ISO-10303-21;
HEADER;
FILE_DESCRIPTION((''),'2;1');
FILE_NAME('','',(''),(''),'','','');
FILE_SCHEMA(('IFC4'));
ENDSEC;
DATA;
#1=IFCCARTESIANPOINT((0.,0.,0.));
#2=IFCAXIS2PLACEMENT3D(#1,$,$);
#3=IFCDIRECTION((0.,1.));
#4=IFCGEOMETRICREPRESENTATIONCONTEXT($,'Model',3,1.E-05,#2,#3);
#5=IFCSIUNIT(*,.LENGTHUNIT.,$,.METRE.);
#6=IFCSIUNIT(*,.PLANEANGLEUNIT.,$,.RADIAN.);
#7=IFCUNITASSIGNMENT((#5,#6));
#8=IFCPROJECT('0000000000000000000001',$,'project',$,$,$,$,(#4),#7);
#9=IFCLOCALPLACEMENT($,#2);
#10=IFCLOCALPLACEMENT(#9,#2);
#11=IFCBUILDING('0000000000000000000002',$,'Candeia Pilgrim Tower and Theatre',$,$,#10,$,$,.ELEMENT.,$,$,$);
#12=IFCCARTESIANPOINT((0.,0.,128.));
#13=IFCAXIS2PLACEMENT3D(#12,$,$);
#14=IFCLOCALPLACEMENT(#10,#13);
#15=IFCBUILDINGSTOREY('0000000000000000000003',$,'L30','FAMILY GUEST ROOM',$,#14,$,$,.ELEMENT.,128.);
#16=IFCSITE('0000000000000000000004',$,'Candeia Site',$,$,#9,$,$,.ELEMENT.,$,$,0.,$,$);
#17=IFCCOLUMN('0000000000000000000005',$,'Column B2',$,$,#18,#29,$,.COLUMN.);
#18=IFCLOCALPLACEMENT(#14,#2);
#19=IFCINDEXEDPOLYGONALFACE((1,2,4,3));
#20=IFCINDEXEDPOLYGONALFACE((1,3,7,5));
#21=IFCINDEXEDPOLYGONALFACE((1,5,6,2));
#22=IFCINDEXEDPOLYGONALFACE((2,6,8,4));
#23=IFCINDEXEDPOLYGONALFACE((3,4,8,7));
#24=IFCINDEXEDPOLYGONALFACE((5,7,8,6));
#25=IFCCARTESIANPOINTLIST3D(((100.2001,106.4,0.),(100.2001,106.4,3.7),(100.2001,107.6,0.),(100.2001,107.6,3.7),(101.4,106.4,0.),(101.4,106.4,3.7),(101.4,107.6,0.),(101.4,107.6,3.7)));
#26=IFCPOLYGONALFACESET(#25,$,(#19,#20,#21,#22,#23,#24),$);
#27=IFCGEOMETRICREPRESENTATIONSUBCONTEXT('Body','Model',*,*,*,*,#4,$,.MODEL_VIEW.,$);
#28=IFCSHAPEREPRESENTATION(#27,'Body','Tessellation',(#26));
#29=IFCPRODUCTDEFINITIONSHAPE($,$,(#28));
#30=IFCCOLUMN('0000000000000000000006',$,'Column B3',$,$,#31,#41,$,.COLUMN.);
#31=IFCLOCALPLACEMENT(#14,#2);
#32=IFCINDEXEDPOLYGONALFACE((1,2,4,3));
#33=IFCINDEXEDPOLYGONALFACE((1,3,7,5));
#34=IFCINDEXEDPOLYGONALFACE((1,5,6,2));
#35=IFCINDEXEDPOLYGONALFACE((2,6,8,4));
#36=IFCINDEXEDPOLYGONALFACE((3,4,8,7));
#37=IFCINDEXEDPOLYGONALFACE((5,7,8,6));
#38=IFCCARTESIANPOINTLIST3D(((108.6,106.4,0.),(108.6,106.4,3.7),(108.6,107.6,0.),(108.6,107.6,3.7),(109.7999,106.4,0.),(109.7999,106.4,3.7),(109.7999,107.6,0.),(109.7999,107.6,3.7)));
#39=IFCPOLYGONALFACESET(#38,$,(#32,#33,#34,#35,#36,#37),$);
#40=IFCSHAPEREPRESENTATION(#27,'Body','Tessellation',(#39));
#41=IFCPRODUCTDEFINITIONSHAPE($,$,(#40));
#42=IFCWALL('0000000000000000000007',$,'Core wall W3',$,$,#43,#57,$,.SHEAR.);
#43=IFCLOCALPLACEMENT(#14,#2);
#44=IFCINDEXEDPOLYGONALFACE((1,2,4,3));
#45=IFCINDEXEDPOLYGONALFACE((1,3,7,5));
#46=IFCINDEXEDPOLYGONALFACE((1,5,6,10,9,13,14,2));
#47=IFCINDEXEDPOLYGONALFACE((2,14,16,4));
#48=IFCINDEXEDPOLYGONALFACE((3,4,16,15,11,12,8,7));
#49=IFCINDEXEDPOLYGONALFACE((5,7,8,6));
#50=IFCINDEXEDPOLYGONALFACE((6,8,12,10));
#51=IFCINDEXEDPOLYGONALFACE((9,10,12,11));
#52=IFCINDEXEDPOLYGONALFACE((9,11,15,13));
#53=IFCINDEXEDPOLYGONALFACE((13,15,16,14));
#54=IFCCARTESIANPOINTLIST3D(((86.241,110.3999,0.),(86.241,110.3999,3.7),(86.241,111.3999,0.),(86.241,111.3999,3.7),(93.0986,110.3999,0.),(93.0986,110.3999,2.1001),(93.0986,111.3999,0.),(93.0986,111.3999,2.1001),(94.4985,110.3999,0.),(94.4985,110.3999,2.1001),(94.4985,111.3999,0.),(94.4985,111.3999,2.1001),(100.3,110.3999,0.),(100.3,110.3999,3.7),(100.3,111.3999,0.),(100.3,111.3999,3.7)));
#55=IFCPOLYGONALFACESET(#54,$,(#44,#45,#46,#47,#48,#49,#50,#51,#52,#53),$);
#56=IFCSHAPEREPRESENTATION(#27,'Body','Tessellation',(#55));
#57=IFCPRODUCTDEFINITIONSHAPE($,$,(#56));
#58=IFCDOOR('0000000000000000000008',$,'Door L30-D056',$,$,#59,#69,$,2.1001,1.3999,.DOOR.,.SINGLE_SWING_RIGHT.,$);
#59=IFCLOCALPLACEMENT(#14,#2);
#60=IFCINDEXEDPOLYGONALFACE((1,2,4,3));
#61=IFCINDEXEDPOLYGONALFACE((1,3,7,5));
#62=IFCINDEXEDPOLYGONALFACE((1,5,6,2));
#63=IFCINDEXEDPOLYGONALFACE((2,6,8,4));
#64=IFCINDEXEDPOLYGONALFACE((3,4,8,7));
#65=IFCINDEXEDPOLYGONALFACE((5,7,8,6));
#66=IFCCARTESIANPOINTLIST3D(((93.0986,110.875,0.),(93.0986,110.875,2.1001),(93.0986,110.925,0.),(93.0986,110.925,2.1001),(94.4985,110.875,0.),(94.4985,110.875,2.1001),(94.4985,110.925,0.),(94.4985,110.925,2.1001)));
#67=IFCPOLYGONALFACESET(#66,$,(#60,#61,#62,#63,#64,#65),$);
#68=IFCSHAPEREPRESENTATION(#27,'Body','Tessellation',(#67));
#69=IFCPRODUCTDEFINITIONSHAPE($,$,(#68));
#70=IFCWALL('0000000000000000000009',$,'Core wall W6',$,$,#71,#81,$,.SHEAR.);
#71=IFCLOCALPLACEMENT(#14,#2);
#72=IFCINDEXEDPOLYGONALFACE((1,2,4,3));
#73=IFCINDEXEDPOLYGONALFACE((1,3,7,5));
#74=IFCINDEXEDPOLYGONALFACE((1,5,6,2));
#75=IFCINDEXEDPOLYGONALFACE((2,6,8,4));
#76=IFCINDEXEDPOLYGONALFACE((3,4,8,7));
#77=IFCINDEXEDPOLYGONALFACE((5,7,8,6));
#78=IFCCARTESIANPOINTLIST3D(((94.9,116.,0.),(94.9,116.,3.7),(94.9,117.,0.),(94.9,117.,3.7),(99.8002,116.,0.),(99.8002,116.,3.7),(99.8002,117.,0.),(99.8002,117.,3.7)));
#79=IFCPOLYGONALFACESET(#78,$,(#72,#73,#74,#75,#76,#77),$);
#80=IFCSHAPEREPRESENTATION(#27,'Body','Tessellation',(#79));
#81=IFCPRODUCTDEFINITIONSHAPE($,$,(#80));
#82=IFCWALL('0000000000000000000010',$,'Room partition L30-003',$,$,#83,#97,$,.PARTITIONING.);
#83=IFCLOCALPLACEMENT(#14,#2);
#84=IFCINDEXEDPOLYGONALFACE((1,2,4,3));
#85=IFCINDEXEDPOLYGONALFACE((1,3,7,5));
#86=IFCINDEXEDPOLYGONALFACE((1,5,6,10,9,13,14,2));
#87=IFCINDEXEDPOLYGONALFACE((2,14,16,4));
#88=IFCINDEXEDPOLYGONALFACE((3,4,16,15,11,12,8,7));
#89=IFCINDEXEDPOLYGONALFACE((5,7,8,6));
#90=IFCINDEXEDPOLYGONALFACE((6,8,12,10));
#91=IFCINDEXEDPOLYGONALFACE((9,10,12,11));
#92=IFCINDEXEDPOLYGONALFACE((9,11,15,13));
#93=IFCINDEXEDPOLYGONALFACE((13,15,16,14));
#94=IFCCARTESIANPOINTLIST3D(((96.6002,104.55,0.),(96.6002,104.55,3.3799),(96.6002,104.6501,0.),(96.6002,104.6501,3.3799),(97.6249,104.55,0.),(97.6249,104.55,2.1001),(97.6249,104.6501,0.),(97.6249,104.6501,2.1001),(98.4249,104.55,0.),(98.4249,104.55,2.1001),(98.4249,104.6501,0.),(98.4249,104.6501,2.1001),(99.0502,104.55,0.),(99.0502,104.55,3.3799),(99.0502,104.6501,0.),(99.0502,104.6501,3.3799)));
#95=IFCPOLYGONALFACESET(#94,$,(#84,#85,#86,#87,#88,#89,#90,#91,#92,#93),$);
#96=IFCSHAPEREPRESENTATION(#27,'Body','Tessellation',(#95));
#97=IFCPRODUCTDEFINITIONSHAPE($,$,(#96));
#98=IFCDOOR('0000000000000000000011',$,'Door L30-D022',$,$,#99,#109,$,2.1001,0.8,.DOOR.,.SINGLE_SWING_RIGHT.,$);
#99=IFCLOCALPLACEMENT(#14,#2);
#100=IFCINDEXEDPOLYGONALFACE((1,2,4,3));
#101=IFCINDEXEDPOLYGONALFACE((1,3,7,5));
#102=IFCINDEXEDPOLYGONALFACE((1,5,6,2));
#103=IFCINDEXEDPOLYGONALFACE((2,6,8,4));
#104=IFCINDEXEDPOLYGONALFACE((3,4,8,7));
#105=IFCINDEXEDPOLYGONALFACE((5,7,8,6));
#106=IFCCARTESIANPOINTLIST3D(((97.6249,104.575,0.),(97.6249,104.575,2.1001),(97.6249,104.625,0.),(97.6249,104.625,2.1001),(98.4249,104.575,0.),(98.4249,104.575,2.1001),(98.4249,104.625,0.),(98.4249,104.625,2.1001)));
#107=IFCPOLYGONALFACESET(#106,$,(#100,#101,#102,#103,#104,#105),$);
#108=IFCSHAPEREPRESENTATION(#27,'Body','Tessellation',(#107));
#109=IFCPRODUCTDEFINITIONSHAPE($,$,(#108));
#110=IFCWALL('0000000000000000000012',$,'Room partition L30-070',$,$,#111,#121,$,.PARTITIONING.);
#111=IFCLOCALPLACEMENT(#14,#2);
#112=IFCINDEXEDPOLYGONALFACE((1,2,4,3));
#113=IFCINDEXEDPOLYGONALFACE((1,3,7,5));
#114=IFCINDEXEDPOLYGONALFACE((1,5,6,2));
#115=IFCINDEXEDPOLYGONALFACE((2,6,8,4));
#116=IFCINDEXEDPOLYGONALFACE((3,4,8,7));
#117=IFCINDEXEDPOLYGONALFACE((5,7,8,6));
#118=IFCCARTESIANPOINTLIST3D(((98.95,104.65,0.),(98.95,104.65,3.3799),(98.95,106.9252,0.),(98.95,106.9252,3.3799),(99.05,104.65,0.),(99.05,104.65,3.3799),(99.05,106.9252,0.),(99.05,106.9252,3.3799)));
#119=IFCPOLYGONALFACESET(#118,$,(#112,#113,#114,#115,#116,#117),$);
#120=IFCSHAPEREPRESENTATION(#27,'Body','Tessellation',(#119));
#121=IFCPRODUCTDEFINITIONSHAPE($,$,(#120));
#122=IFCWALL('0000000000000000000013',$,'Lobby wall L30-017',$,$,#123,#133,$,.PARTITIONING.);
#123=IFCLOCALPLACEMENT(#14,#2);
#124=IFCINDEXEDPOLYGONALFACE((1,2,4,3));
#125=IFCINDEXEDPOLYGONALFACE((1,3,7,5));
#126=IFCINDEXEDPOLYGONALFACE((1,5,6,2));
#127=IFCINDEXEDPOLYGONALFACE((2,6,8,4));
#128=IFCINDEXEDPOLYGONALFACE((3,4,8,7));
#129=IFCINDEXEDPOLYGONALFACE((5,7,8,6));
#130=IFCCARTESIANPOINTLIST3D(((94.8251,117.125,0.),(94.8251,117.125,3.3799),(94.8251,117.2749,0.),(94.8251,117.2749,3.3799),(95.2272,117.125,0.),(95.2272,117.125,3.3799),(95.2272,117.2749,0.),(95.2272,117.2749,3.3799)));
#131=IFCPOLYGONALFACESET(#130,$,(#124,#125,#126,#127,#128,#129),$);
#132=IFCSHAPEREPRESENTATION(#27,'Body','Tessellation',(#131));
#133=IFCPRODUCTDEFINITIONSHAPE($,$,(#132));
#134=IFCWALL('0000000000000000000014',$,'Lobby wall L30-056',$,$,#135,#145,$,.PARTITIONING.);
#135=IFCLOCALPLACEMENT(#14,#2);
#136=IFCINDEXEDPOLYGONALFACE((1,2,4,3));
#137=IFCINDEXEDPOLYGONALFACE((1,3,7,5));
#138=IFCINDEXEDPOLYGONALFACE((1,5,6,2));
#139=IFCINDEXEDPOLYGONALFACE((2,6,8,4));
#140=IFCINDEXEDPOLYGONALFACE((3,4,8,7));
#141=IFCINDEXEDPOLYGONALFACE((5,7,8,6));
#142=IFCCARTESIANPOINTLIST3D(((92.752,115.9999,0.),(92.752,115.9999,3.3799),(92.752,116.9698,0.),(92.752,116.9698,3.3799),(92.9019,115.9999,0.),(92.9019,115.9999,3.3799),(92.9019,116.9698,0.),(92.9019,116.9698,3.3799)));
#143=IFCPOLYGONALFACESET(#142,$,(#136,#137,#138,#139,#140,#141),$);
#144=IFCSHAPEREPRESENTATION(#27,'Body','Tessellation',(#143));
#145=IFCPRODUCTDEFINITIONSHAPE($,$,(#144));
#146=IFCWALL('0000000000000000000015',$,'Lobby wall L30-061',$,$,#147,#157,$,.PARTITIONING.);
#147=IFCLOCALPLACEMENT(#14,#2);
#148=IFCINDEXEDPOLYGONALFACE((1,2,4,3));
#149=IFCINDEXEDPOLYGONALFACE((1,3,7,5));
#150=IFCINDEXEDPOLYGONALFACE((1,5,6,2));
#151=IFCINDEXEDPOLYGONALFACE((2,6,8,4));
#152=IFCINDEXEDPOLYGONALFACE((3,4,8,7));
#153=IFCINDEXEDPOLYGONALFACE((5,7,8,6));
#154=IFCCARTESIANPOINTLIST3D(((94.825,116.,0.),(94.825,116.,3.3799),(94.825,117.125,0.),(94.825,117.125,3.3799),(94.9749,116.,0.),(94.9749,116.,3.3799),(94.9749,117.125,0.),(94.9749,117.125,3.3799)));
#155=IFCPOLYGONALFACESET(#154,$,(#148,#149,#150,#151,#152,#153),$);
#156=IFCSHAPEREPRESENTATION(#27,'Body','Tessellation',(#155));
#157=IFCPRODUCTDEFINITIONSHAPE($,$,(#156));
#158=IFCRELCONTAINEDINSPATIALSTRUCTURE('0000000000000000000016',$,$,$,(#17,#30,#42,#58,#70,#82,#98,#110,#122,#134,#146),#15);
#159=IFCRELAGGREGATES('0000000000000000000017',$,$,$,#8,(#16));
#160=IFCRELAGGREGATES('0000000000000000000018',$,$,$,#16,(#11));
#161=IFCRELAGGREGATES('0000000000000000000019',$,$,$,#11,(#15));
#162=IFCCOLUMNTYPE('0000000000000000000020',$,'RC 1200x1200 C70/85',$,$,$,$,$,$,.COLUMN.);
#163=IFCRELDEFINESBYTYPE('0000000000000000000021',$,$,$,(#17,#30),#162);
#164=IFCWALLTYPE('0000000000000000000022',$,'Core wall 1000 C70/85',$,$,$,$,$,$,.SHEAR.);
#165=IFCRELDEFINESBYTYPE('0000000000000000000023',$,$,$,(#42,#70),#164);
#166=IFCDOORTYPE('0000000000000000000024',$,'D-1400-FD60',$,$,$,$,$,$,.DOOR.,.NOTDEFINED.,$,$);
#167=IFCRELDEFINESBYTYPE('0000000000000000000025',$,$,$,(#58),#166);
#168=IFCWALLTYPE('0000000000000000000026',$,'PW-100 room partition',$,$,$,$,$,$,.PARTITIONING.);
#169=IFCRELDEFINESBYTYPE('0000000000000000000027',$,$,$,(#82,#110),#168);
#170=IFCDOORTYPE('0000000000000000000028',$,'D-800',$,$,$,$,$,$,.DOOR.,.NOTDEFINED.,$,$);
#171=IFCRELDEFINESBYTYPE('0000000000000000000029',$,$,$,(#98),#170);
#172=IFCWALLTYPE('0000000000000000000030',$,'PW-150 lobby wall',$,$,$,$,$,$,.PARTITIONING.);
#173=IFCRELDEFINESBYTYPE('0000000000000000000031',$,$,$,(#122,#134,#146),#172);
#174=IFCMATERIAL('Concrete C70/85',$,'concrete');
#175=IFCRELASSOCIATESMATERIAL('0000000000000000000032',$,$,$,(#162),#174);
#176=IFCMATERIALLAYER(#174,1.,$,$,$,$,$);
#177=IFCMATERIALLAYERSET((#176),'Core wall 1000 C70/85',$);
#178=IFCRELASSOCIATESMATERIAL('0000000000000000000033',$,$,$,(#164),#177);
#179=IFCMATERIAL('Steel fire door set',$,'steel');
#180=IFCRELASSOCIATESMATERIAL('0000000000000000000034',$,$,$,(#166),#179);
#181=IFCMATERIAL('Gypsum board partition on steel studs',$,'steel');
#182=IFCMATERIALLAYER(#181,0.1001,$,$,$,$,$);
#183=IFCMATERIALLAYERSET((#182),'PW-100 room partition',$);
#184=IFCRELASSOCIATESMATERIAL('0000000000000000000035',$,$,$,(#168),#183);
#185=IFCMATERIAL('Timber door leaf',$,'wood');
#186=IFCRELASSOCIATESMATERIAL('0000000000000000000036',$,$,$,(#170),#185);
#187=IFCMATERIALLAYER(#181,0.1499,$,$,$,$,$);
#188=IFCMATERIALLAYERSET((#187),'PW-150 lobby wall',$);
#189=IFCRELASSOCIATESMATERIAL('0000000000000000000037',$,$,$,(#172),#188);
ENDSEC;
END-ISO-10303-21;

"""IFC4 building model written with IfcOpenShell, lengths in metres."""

from ifc_helpers import new_model, si_unit, direction, frame, frame_2d, origin, origin_2d, place, context, subcontext, project, spatial, rectangle, extrude, material, layer, layer_set, material_profile, profile_set, type_object, element, fill, save


model = new_model("IFC4")

# Units and contexts
model_context = context("Model", 3, precision=1e-05, world=origin(), true_north=direction((0.0, 1.0)))
body_context = subcontext(model_context, "Body", "Model", "MODEL_VIEW")
ifc_project = project(units=[si_unit("LENGTHUNIT", "METRE"), si_unit("PLANEANGLEUNIT", "RADIAN")], contexts=[model_context])

# Site, building, storey
site_placement = place(None, origin())
site = spatial("IfcSite", under=ifc_project, at=site_placement, Name="Candeia Site", CompositionType="ELEMENT", RefElevation=0.0)
building_placement = place(site_placement, origin())
building = spatial("IfcBuilding", under=site, at=building_placement, Name="Candeia Pilgrim Tower and Theatre", CompositionType="ELEMENT")
storey_placement = place(building_placement, frame((0.0, 0.0, 128.0)))
storey = spatial("IfcBuildingStorey", under=building, at=storey_placement, Name="L30", Description="FAMILY GUEST ROOM", CompositionType="ELEMENT", Elevation=128.0)

# Columns
ifc_material_1 = material(Name="Concrete C70/85", Category="concrete")
ifc_material_profile = material_profile(ifc_material_1, rectangle(XDim=1.2, YDim=1.2, at=origin_2d()))
ifc_profile_set = profile_set([ifc_material_profile], Name="Concrete C70/85")
column_type = type_object("IfcColumnType", Name="RC 1200x1200 C70/85", PredefinedType="COLUMN", material=ifc_profile_set)
for number, where, z_axis, x_axis, name in (
    (1, (100.8, 107.0, 0.0), (0.0, 0.0, 1.0), (1.0, 0.0, 0.0), "Column B2"),
    (2, (109.2, 107.0, 0.0), (0.0, 0.0, 1.0), (1.0, 0.0, 0.0), "Column B3"),
):
    element("IfcColumn", number, at=place(storey_placement, frame(where, z_axis=z_axis, x_axis=x_axis)), inside=storey, type_object=column_type, Name=name, PredefinedType="COLUMN", context=body_context, shape_type="SweptSolid", body=[
        extrude(rectangle(XDim=1.2, YDim=1.2, at=origin_2d()), origin(), (0.0, 0.0, 1.0), 3.7),
    ])

# Wall, opening, door
ifc_layer_1 = layer(ifc_material_1, 1.0)
ifc_layer_set_1 = layer_set([ifc_layer_1], Name="Core wall 1000 C70/85")
wall_type_1 = type_object("IfcWallType", Name="Core wall 1000 C70/85", PredefinedType="SHEAR", material=ifc_layer_set_1)
wall_1_placement = place(storey_placement, frame((100.3, 110.8999, 0.0), z_axis=(0.0, 0.0, 1.0), x_axis=(-1.0, 0.0, 0.0)))
wall_1 = element("IfcWall", 3, at=wall_1_placement, inside=storey, type_object=wall_type_1, Name="Core wall W3", PredefinedType="SHEAR", context=body_context, shape_type="SweptSolid", body=[
    extrude(rectangle(XDim=14.0591, YDim=1.0, at=frame_2d((7.0295, 0.0))), origin(), (0.0, 0.0, 1.0), 3.7),
])
opening_1_placement = place(wall_1_placement, frame((5.8015, 0.0, 0.0)))
opening_1 = element("IfcOpeningElement", 4, at=opening_1_placement, cuts=wall_1, PredefinedType="OPENING", context=body_context, shape_type="SweptSolid", body=[
    extrude(rectangle(XDim=1.3999, YDim=2.1001, at=frame_2d((0.7, 1.05))), frame((0.0, 0.51, 0.0), z_axis=(0.0, -1.0, 0.0), x_axis=(1.0, 0.0, 0.0)), (0.0, 0.0, 1.0), 1.02),
])
ifc_material_2 = material(Name="Steel fire door set", Category="steel")
door_type_1 = type_object("IfcDoorType", Name="D-1400-FD60", OperationType="NOTDEFINED", PredefinedType="DOOR", material=ifc_material_2)
door_1_placement = place(opening_1_placement, origin())
door_1 = element("IfcDoor", 5, at=door_1_placement, inside=storey, type_object=door_type_1, Name="Door L30-D056", OperationType="SINGLE_SWING_RIGHT", OverallHeight=2.1001, OverallWidth=1.3999, PredefinedType="DOOR", context=body_context, shape_type="SweptSolid", body=[
    extrude(rectangle(XDim=1.3999, YDim=2.1001, at=frame_2d((0.7, 1.05))), frame((0.0, 0.0249, 0.0), z_axis=(0.0, -1.0, 0.0), x_axis=(1.0, 0.0, 0.0)), (0.0, 0.0, 1.0), 0.05),
])
fill(opening_1, door_1)

# Wall
wall_2_placement = place(storey_placement, frame((94.8999, 116.5, 0.0), z_axis=(0.0, 0.0, 1.0), x_axis=(1.0, 0.0, 0.0)))
element("IfcWall", 6, at=wall_2_placement, inside=storey, type_object=wall_type_1, Name="Core wall W6", PredefinedType="SHEAR", context=body_context, shape_type="SweptSolid", body=[
    extrude(rectangle(XDim=4.9001, YDim=1.0, at=frame_2d((2.4502, 0.0))), origin(), (0.0, 0.0, 1.0), 3.7),
])

# Wall, opening, door
ifc_material_3 = material(Name="Gypsum board partition on steel studs", Category="steel")
ifc_layer_2 = layer(ifc_material_3, 0.1001)
ifc_layer_set_2 = layer_set([ifc_layer_2], Name="PW-100 room partition")
wall_type_2 = type_object("IfcWallType", Name="PW-100 room partition", PredefinedType="PARTITIONING", material=ifc_layer_set_2)
wall_3_placement = place(storey_placement, frame((96.6001, 104.6001, 0.0), z_axis=(0.0, 0.0, 1.0), x_axis=(1.0, 0.0, 0.0)))
wall_3 = element("IfcWall", 7, at=wall_3_placement, inside=storey, type_object=wall_type_2, Name="Room partition L30-003", PredefinedType="PARTITIONING", context=body_context, shape_type="SweptSolid", body=[
    extrude(rectangle(XDim=2.45, YDim=0.1001, at=frame_2d((1.2251, 0.0))), origin(), (0.0, 0.0, 1.0), 3.3799),
])
opening_2_placement = place(wall_3_placement, frame((1.0249, 0.0, 0.0)))
opening_2 = element("IfcOpeningElement", 8, at=opening_2_placement, cuts=wall_3, PredefinedType="OPENING", context=body_context, shape_type="SweptSolid", body=[
    extrude(rectangle(XDim=0.8, YDim=2.1001, at=frame_2d((0.3999, 1.05))), frame((0.0, 0.0601, 0.0), z_axis=(0.0, -1.0, 0.0), x_axis=(1.0, 0.0, 0.0)), (0.0, 0.0, 1.0), 0.1201),
])
ifc_material_4 = material(Name="Timber door leaf", Category="wood")
door_type_2 = type_object("IfcDoorType", Name="D-800", OperationType="NOTDEFINED", PredefinedType="DOOR", material=ifc_material_4)
door_2_placement = place(opening_2_placement, origin())
door_2 = element("IfcDoor", 9, at=door_2_placement, inside=storey, type_object=door_type_2, Name="Door L30-D022", OperationType="SINGLE_SWING_RIGHT", OverallHeight=2.1001, OverallWidth=0.8, PredefinedType="DOOR", context=body_context, shape_type="SweptSolid", body=[
    extrude(rectangle(XDim=0.8, YDim=2.1001, at=frame_2d((0.3999, 1.05))), frame((0.0, 0.0249, 0.0), z_axis=(0.0, -1.0, 0.0), x_axis=(1.0, 0.0, 0.0)), (0.0, 0.0, 1.0), 0.05),
])
fill(opening_2, door_2)

# Walls
wall_4_placement = place(storey_placement, frame((99.0, 104.6499, 0.0), z_axis=(0.0, 0.0, 1.0), x_axis=(0.0, 1.0, 0.0)))
element("IfcWall", 10, at=wall_4_placement, inside=storey, type_object=wall_type_2, Name="Room partition L30-070", PredefinedType="PARTITIONING", context=body_context, shape_type="SweptSolid", body=[
    extrude(rectangle(XDim=2.2751, YDim=0.1001, at=frame_2d((1.1377, 0.0))), origin(), (0.0, 0.0, 1.0), 3.3799),
])
ifc_layer_3 = layer(ifc_material_3, 0.1499)
ifc_layer_set_3 = layer_set([ifc_layer_3], Name="PW-150 lobby wall")
wall_type_3 = type_object("IfcWallType", Name="PW-150 lobby wall", PredefinedType="PARTITIONING", material=ifc_layer_set_3)
wall_5_placement = place(storey_placement, frame((94.825, 117.2, 0.0), z_axis=(0.0, 0.0, 1.0), x_axis=(1.0, 0.0, 0.0)))
element("IfcWall", 11, at=wall_5_placement, inside=storey, type_object=wall_type_3, Name="Lobby wall L30-017", PredefinedType="PARTITIONING", context=body_context, shape_type="SweptSolid", body=[
    extrude(rectangle(XDim=0.4021, YDim=0.1499, at=frame_2d((0.2012, 0.0))), origin(), (0.0, 0.0, 1.0), 3.3799),
])
wall_6_placement = place(storey_placement, frame((92.8269, 116.0, 0.0), z_axis=(0.0, 0.0, 1.0), x_axis=(0.0, 1.0, 0.0)))
element("IfcWall", 12, at=wall_6_placement, inside=storey, type_object=wall_type_3, Name="Lobby wall L30-056", PredefinedType="PARTITIONING", context=body_context, shape_type="SweptSolid", body=[
    extrude(rectangle(XDim=0.97, YDim=0.1499, at=frame_2d((0.4849, 0.0))), origin(), (0.0, 0.0, 1.0), 3.3799),
])
wall_7_placement = place(storey_placement, frame((94.8999, 116.0, 0.0), z_axis=(0.0, 0.0, 1.0), x_axis=(0.0, 1.0, 0.0)))
element("IfcWall", 13, at=wall_7_placement, inside=storey, type_object=wall_type_3, Name="Lobby wall L30-061", PredefinedType="PARTITIONING", context=body_context, shape_type="SweptSolid", body=[
    extrude(rectangle(XDim=1.125, YDim=0.1499, at=frame_2d((0.5625, 0.0))), origin(), (0.0, 0.0, 1.0), 3.3799),
])

save(model, "model.ifc")
